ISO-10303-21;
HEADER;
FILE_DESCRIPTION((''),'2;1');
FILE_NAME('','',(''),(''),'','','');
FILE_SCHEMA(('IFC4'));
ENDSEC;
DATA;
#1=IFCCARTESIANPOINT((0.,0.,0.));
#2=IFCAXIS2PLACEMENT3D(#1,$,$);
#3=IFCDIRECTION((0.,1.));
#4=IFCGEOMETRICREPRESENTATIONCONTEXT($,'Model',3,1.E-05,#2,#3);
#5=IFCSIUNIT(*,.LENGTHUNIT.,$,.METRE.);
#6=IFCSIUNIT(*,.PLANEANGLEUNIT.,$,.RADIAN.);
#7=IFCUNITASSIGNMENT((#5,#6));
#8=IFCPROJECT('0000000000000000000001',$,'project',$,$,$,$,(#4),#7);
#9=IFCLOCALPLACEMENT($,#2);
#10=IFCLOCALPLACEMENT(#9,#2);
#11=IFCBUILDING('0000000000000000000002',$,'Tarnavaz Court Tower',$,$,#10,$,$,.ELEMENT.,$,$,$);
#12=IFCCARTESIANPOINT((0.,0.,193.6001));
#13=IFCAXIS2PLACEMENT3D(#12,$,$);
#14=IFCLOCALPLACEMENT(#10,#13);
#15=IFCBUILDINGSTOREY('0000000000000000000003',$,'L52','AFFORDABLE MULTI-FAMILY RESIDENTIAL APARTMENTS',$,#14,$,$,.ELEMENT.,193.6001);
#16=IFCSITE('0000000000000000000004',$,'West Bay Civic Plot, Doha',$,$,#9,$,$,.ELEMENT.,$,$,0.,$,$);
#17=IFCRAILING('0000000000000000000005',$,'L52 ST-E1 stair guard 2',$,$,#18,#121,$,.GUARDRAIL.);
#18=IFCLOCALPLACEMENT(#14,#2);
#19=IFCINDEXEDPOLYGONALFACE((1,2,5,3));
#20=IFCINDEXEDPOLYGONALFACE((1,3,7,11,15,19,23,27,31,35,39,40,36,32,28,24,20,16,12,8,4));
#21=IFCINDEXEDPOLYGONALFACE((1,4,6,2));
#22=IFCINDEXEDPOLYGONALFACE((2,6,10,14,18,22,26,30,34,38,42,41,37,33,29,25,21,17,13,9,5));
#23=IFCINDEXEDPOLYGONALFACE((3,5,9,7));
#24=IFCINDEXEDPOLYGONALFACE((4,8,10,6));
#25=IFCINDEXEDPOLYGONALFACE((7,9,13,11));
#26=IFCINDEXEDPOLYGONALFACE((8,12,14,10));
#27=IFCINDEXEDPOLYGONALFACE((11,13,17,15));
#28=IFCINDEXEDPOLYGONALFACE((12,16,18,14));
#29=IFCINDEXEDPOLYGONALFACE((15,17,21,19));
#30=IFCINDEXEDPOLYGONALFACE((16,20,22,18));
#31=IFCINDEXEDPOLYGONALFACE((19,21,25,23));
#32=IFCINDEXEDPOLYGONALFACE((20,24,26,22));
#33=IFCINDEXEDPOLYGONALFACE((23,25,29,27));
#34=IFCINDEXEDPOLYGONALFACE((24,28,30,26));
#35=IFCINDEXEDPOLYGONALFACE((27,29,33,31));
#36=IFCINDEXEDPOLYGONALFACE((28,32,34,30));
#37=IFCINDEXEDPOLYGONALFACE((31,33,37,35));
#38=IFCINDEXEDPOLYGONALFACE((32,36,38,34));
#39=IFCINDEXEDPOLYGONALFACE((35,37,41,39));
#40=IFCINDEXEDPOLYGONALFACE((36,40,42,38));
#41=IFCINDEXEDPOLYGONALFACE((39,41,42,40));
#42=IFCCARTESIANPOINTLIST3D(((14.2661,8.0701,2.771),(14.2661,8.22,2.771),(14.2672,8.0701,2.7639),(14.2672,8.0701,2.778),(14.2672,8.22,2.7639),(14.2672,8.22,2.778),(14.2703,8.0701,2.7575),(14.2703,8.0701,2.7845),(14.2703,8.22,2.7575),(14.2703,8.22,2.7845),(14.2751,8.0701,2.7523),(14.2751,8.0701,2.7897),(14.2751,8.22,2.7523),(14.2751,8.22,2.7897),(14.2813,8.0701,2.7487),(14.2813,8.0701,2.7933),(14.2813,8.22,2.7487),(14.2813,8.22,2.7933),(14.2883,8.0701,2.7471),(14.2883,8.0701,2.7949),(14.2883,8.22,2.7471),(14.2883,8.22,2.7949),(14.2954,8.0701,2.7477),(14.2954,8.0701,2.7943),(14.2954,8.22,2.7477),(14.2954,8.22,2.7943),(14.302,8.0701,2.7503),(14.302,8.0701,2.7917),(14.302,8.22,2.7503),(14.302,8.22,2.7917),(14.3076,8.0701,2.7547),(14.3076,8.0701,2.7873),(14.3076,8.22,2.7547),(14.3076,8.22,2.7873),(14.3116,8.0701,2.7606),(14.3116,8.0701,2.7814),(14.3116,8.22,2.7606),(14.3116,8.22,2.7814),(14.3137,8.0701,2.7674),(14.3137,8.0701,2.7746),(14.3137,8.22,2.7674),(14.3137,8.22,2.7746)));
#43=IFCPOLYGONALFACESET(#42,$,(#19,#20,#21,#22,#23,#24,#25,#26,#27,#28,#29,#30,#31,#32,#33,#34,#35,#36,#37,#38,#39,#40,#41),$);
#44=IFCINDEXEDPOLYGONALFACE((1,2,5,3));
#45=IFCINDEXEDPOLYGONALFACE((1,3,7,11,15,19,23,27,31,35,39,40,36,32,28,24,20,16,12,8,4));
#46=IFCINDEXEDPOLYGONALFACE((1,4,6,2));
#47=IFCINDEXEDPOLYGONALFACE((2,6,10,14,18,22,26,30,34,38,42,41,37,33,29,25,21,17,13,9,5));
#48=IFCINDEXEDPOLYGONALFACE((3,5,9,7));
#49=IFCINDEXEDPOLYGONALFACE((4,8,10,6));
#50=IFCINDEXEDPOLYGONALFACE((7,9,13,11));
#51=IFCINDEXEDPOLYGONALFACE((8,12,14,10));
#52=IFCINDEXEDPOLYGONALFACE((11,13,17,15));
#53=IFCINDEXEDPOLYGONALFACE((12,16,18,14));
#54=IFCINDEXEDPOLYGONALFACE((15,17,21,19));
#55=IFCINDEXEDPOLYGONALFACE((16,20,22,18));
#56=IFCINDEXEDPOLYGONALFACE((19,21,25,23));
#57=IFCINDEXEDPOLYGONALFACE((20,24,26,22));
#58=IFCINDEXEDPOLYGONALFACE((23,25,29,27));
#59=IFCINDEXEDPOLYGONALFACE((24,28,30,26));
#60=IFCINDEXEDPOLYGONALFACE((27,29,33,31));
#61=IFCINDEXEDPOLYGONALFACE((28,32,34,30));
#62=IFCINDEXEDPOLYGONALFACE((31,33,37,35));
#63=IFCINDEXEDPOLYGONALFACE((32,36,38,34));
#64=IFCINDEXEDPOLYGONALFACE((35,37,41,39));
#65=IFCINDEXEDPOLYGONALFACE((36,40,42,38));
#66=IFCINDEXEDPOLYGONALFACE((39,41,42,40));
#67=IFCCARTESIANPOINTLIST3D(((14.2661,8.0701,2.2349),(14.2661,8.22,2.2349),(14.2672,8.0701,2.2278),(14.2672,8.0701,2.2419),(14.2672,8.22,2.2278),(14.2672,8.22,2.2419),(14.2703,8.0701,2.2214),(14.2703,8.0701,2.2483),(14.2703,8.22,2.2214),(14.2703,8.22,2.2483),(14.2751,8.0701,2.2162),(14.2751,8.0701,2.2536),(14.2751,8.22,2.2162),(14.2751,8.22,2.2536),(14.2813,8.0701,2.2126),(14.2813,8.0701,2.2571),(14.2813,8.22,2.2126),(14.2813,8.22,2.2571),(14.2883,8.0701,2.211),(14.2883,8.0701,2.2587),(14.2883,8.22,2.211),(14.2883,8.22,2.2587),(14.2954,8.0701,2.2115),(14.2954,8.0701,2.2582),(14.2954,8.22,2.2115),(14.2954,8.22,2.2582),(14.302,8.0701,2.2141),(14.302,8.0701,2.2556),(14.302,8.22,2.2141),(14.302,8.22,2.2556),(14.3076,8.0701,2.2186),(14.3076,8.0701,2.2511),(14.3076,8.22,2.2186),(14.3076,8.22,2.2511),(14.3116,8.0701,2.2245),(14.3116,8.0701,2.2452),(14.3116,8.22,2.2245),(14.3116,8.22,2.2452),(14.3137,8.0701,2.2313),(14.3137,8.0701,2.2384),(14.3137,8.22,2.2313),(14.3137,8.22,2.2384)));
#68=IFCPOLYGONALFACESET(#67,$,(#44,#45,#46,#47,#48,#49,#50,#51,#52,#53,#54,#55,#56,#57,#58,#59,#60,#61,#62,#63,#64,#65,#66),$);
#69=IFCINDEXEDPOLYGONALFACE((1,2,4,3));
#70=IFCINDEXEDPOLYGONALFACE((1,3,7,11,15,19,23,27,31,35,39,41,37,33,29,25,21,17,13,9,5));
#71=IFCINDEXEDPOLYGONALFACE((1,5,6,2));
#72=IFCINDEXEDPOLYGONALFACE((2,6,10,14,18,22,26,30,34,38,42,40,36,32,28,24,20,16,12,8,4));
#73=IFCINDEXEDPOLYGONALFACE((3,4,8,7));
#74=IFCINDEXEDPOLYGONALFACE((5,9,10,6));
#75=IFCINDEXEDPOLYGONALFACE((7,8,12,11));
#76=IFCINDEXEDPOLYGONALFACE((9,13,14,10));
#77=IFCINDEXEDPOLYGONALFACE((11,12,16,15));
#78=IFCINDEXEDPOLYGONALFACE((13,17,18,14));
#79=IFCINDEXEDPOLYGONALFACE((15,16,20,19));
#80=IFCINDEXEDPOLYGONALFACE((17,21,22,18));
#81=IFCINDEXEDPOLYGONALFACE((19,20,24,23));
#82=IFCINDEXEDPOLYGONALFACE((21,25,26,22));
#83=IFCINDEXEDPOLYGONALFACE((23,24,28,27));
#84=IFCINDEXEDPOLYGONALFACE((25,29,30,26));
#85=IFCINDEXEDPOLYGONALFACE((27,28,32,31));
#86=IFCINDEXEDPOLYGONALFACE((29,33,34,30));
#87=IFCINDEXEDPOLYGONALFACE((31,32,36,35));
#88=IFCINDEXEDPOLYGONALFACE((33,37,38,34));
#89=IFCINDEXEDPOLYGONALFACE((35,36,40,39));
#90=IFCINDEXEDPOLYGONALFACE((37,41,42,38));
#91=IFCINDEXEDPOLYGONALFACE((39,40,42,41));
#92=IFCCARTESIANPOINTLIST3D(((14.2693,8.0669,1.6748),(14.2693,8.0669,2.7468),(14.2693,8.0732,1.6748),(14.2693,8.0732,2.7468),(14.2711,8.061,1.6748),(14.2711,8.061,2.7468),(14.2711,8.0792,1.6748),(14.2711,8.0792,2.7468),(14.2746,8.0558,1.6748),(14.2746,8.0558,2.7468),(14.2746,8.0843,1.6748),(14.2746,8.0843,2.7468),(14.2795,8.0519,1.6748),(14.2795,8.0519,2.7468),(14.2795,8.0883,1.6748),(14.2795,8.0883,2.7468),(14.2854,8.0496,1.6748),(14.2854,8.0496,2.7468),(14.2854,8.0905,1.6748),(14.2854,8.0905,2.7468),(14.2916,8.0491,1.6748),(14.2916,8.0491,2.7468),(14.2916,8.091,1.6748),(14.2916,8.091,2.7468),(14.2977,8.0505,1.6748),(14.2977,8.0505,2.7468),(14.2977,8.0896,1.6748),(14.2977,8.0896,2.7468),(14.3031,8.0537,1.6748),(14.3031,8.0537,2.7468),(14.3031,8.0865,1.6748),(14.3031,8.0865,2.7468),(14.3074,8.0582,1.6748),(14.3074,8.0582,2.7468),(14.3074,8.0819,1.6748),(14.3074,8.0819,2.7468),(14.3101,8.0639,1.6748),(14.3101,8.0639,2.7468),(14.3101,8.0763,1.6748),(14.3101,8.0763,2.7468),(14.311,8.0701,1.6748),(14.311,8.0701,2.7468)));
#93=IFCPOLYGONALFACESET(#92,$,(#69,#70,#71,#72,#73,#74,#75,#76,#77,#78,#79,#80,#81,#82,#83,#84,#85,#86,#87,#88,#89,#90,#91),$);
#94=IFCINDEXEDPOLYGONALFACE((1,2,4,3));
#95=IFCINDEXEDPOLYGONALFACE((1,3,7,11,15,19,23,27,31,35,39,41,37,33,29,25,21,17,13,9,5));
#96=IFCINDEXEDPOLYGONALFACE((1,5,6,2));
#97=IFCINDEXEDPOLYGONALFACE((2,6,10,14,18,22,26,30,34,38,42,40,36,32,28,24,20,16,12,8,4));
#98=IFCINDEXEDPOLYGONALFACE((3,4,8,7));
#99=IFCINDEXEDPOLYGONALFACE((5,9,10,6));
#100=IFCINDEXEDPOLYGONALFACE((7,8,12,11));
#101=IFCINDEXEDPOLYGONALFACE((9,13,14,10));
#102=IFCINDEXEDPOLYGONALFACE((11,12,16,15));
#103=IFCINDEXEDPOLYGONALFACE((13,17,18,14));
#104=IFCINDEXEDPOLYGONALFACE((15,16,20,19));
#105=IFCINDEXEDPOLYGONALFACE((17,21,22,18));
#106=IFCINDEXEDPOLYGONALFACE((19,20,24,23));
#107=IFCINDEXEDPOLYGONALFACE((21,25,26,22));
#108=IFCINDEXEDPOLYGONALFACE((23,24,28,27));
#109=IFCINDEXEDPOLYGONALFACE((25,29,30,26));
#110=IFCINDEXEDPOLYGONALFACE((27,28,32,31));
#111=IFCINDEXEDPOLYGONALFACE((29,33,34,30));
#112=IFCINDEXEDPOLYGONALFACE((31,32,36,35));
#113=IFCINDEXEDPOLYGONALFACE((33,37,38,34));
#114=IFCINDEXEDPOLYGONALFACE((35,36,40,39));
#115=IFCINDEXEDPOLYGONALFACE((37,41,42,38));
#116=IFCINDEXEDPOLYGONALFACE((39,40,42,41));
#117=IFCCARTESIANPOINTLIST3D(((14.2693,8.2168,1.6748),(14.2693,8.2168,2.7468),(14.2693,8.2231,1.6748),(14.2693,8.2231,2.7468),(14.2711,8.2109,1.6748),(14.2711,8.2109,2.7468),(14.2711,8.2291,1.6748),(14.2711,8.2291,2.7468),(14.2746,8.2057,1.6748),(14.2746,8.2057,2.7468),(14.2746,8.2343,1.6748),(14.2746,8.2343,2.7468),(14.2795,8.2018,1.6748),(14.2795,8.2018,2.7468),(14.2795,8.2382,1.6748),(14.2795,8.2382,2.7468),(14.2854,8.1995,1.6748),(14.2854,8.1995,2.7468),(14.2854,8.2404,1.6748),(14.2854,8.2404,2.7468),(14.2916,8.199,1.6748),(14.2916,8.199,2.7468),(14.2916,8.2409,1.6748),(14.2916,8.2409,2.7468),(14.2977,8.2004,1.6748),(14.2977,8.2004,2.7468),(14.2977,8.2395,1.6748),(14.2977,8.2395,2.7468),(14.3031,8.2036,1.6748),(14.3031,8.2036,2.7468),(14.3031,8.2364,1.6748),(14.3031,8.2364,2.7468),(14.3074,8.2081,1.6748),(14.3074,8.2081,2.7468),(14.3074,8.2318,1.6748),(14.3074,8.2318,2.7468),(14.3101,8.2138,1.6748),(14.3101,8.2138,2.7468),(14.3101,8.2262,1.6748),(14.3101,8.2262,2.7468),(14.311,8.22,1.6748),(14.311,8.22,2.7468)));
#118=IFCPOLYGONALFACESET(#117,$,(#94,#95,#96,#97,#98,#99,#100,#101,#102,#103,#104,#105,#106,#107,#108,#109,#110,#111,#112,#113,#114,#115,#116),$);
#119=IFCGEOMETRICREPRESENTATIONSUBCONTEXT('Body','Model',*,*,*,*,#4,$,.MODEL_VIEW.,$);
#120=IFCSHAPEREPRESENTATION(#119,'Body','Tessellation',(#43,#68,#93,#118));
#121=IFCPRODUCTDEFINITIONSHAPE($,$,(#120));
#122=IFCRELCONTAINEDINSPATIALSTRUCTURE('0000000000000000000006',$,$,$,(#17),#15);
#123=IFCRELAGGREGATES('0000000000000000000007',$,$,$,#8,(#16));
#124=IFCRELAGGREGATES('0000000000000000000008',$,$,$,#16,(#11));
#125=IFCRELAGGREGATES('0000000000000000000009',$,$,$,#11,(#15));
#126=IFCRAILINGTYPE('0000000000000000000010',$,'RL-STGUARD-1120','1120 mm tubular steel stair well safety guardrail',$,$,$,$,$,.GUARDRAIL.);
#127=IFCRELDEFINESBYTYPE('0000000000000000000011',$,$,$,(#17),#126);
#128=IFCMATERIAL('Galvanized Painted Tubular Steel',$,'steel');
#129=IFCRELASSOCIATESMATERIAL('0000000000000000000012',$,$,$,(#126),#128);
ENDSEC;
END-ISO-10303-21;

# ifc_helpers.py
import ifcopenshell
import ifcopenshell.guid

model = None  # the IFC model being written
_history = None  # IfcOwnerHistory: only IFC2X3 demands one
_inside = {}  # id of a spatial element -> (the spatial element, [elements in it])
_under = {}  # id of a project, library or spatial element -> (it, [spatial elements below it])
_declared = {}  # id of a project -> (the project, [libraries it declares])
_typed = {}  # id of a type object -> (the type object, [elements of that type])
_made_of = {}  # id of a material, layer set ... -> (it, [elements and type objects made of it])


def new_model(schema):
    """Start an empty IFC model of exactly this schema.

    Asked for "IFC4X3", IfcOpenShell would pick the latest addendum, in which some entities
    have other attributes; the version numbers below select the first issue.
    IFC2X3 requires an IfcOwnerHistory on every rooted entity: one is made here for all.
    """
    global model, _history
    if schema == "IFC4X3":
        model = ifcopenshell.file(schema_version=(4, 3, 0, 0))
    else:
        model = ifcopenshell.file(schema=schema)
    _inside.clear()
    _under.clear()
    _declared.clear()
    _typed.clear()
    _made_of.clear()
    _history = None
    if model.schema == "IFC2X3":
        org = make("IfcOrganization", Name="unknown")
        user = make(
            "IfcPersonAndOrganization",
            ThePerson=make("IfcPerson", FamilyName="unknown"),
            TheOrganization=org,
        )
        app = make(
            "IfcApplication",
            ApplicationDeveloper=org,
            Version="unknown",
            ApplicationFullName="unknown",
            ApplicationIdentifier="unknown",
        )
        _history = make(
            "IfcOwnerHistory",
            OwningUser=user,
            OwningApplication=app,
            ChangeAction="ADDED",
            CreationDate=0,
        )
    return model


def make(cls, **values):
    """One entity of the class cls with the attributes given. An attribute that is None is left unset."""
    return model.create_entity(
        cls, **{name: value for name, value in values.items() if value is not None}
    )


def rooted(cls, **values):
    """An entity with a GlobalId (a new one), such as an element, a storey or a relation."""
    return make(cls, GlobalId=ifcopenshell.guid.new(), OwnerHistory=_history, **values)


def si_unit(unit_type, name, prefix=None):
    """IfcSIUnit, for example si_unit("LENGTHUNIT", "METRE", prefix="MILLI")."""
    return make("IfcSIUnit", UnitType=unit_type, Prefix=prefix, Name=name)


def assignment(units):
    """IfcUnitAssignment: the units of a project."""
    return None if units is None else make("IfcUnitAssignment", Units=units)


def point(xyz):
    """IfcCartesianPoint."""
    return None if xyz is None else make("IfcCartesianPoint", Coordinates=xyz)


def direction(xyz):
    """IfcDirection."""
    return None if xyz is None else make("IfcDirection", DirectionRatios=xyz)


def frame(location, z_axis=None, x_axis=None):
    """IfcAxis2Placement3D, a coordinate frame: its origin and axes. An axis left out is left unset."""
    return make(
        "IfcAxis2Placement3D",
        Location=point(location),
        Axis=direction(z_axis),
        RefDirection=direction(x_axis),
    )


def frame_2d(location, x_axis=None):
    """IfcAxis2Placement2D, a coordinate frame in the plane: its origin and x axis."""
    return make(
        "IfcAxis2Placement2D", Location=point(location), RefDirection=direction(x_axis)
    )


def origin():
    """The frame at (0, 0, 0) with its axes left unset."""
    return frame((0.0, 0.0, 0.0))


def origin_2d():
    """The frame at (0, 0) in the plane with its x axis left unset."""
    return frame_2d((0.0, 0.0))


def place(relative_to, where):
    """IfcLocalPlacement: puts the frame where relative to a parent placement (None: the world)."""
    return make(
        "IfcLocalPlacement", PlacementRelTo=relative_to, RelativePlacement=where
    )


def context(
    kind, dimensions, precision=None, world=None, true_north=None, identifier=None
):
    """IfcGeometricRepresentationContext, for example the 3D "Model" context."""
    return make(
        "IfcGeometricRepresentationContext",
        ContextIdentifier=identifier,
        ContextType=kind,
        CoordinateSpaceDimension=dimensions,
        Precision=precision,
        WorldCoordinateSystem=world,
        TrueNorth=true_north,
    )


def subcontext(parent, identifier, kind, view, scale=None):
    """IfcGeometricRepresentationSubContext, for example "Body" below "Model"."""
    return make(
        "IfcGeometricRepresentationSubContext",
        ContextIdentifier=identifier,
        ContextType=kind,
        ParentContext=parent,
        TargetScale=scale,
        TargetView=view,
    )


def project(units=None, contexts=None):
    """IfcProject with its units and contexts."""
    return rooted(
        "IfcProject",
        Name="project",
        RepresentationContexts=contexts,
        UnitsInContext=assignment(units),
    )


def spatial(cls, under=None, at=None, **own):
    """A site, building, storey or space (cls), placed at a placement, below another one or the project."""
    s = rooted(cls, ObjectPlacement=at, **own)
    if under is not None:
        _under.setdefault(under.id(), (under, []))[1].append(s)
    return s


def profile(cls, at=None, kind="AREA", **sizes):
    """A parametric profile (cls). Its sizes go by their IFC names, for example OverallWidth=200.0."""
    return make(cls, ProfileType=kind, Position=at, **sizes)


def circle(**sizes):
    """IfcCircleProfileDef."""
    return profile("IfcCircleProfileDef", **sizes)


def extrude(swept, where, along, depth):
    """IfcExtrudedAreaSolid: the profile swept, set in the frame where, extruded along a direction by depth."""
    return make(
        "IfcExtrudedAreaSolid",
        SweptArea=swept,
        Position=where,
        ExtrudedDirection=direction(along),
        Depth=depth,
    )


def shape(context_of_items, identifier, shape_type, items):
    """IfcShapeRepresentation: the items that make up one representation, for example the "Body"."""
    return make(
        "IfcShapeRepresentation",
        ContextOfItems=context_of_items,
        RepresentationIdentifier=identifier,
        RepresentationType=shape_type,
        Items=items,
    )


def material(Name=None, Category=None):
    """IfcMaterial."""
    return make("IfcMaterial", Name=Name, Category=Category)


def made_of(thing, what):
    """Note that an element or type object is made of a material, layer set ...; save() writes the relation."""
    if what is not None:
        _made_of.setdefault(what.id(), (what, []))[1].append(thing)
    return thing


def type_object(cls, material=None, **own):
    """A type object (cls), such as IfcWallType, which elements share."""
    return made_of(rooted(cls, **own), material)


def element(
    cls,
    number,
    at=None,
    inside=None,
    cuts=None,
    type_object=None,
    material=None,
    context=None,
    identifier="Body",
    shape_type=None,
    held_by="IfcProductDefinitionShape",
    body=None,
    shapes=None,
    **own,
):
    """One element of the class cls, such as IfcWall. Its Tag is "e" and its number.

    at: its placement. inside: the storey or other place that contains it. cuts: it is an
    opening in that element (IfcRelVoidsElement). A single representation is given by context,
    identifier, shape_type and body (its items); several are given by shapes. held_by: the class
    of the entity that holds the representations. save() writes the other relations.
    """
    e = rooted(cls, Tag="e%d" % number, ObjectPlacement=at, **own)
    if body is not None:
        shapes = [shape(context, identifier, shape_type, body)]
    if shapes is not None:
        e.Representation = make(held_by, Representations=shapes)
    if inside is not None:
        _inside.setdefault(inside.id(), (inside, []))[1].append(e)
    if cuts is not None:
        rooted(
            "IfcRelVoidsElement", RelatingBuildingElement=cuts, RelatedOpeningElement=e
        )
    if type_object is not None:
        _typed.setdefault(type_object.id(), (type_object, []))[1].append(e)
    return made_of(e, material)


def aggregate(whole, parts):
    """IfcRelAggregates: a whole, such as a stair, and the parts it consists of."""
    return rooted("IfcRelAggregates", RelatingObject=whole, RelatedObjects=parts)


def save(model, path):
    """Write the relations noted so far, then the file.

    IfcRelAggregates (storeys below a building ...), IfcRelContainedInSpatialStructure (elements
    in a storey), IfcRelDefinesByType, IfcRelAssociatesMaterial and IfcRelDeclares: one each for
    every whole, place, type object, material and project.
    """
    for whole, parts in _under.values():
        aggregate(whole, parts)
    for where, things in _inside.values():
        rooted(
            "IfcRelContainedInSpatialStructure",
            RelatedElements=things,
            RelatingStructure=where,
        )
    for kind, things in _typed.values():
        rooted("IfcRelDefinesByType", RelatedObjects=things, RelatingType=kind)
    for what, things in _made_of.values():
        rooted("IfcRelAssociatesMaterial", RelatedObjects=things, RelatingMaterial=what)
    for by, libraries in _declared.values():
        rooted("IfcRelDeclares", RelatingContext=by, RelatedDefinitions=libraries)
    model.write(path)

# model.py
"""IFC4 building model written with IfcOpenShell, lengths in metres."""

from ifc_helpers import new_model, si_unit, direction, frame, origin, origin_2d, place, context, subcontext, project, spatial, circle, extrude, material, type_object, element, save


model = new_model("IFC4")

# Units and contexts
model_context = context("Model", 3, precision=1e-05, world=origin(), true_north=direction((0.0, 1.0)))
body_context = subcontext(model_context, "Body", "Model", "MODEL_VIEW")
ifc_project = project(units=[si_unit("LENGTHUNIT", "METRE"), si_unit("PLANEANGLEUNIT", "RADIAN")], contexts=[model_context])

# Site, building, storey
site_placement = place(None, origin())
site = spatial("IfcSite", under=ifc_project, at=site_placement, Name="West Bay Civic Plot, Doha", CompositionType="ELEMENT", RefElevation=0.0)
building_placement = place(site_placement, origin())
building = spatial("IfcBuilding", under=site, at=building_placement, Name="Tarnavaz Court Tower", CompositionType="ELEMENT")
storey_placement = place(building_placement, frame((0.0, 0.0, 193.6001)))
storey = spatial("IfcBuildingStorey", under=building, at=storey_placement, Name="L52", Description="AFFORDABLE MULTI-FAMILY RESIDENTIAL APARTMENTS", CompositionType="ELEMENT", Elevation=193.6001)

# Railing
ifc_material_1 = material(Name="Galvanized Painted Tubular Steel", Category="steel")
railing_type_1 = type_object("IfcRailingType", Name="RL-STGUARD-1120", Description="1120 mm tubular steel stair well safety guardrail", PredefinedType="GUARDRAIL", material=ifc_material_1)
for number, where, name in (
    (1, (14.29, 8.0701, 1.6748), "L52 ST-E1 stair guard 2"),
):
    element("IfcRailing", number, at=place(storey_placement, frame(where)), inside=storey, type_object=railing_type_1, Name=name, PredefinedType="GUARDRAIL", context=body_context, shape_type="SweptSolid", body=[
        extrude(circle(Radius=0.0239, at=origin_2d()), frame((0.0, 0.0, 1.0962), z_axis=(0.0, 1.0, 0.0), x_axis=(-1.0, 0.0, 0.0)), (0.0, 0.0, 1.0), 0.1499),
        extrude(circle(Radius=0.0239, at=origin_2d()), frame((0.0, 0.0, 0.5601), z_axis=(0.0, 1.0, 0.0), x_axis=(-1.0, 0.0, 0.0)), (0.0, 0.0, 1.0), 0.1499),
        extrude(circle(Radius=0.021, at=origin_2d()), origin(), (0.0, 0.0, 1.0), 1.072),
        extrude(circle(Radius=0.021, at=origin_2d()), frame((0.0, 0.1499, 0.0)), (0.0, 0.0, 1.0), 1.072),
    ])

save(model, "model.ifc")
